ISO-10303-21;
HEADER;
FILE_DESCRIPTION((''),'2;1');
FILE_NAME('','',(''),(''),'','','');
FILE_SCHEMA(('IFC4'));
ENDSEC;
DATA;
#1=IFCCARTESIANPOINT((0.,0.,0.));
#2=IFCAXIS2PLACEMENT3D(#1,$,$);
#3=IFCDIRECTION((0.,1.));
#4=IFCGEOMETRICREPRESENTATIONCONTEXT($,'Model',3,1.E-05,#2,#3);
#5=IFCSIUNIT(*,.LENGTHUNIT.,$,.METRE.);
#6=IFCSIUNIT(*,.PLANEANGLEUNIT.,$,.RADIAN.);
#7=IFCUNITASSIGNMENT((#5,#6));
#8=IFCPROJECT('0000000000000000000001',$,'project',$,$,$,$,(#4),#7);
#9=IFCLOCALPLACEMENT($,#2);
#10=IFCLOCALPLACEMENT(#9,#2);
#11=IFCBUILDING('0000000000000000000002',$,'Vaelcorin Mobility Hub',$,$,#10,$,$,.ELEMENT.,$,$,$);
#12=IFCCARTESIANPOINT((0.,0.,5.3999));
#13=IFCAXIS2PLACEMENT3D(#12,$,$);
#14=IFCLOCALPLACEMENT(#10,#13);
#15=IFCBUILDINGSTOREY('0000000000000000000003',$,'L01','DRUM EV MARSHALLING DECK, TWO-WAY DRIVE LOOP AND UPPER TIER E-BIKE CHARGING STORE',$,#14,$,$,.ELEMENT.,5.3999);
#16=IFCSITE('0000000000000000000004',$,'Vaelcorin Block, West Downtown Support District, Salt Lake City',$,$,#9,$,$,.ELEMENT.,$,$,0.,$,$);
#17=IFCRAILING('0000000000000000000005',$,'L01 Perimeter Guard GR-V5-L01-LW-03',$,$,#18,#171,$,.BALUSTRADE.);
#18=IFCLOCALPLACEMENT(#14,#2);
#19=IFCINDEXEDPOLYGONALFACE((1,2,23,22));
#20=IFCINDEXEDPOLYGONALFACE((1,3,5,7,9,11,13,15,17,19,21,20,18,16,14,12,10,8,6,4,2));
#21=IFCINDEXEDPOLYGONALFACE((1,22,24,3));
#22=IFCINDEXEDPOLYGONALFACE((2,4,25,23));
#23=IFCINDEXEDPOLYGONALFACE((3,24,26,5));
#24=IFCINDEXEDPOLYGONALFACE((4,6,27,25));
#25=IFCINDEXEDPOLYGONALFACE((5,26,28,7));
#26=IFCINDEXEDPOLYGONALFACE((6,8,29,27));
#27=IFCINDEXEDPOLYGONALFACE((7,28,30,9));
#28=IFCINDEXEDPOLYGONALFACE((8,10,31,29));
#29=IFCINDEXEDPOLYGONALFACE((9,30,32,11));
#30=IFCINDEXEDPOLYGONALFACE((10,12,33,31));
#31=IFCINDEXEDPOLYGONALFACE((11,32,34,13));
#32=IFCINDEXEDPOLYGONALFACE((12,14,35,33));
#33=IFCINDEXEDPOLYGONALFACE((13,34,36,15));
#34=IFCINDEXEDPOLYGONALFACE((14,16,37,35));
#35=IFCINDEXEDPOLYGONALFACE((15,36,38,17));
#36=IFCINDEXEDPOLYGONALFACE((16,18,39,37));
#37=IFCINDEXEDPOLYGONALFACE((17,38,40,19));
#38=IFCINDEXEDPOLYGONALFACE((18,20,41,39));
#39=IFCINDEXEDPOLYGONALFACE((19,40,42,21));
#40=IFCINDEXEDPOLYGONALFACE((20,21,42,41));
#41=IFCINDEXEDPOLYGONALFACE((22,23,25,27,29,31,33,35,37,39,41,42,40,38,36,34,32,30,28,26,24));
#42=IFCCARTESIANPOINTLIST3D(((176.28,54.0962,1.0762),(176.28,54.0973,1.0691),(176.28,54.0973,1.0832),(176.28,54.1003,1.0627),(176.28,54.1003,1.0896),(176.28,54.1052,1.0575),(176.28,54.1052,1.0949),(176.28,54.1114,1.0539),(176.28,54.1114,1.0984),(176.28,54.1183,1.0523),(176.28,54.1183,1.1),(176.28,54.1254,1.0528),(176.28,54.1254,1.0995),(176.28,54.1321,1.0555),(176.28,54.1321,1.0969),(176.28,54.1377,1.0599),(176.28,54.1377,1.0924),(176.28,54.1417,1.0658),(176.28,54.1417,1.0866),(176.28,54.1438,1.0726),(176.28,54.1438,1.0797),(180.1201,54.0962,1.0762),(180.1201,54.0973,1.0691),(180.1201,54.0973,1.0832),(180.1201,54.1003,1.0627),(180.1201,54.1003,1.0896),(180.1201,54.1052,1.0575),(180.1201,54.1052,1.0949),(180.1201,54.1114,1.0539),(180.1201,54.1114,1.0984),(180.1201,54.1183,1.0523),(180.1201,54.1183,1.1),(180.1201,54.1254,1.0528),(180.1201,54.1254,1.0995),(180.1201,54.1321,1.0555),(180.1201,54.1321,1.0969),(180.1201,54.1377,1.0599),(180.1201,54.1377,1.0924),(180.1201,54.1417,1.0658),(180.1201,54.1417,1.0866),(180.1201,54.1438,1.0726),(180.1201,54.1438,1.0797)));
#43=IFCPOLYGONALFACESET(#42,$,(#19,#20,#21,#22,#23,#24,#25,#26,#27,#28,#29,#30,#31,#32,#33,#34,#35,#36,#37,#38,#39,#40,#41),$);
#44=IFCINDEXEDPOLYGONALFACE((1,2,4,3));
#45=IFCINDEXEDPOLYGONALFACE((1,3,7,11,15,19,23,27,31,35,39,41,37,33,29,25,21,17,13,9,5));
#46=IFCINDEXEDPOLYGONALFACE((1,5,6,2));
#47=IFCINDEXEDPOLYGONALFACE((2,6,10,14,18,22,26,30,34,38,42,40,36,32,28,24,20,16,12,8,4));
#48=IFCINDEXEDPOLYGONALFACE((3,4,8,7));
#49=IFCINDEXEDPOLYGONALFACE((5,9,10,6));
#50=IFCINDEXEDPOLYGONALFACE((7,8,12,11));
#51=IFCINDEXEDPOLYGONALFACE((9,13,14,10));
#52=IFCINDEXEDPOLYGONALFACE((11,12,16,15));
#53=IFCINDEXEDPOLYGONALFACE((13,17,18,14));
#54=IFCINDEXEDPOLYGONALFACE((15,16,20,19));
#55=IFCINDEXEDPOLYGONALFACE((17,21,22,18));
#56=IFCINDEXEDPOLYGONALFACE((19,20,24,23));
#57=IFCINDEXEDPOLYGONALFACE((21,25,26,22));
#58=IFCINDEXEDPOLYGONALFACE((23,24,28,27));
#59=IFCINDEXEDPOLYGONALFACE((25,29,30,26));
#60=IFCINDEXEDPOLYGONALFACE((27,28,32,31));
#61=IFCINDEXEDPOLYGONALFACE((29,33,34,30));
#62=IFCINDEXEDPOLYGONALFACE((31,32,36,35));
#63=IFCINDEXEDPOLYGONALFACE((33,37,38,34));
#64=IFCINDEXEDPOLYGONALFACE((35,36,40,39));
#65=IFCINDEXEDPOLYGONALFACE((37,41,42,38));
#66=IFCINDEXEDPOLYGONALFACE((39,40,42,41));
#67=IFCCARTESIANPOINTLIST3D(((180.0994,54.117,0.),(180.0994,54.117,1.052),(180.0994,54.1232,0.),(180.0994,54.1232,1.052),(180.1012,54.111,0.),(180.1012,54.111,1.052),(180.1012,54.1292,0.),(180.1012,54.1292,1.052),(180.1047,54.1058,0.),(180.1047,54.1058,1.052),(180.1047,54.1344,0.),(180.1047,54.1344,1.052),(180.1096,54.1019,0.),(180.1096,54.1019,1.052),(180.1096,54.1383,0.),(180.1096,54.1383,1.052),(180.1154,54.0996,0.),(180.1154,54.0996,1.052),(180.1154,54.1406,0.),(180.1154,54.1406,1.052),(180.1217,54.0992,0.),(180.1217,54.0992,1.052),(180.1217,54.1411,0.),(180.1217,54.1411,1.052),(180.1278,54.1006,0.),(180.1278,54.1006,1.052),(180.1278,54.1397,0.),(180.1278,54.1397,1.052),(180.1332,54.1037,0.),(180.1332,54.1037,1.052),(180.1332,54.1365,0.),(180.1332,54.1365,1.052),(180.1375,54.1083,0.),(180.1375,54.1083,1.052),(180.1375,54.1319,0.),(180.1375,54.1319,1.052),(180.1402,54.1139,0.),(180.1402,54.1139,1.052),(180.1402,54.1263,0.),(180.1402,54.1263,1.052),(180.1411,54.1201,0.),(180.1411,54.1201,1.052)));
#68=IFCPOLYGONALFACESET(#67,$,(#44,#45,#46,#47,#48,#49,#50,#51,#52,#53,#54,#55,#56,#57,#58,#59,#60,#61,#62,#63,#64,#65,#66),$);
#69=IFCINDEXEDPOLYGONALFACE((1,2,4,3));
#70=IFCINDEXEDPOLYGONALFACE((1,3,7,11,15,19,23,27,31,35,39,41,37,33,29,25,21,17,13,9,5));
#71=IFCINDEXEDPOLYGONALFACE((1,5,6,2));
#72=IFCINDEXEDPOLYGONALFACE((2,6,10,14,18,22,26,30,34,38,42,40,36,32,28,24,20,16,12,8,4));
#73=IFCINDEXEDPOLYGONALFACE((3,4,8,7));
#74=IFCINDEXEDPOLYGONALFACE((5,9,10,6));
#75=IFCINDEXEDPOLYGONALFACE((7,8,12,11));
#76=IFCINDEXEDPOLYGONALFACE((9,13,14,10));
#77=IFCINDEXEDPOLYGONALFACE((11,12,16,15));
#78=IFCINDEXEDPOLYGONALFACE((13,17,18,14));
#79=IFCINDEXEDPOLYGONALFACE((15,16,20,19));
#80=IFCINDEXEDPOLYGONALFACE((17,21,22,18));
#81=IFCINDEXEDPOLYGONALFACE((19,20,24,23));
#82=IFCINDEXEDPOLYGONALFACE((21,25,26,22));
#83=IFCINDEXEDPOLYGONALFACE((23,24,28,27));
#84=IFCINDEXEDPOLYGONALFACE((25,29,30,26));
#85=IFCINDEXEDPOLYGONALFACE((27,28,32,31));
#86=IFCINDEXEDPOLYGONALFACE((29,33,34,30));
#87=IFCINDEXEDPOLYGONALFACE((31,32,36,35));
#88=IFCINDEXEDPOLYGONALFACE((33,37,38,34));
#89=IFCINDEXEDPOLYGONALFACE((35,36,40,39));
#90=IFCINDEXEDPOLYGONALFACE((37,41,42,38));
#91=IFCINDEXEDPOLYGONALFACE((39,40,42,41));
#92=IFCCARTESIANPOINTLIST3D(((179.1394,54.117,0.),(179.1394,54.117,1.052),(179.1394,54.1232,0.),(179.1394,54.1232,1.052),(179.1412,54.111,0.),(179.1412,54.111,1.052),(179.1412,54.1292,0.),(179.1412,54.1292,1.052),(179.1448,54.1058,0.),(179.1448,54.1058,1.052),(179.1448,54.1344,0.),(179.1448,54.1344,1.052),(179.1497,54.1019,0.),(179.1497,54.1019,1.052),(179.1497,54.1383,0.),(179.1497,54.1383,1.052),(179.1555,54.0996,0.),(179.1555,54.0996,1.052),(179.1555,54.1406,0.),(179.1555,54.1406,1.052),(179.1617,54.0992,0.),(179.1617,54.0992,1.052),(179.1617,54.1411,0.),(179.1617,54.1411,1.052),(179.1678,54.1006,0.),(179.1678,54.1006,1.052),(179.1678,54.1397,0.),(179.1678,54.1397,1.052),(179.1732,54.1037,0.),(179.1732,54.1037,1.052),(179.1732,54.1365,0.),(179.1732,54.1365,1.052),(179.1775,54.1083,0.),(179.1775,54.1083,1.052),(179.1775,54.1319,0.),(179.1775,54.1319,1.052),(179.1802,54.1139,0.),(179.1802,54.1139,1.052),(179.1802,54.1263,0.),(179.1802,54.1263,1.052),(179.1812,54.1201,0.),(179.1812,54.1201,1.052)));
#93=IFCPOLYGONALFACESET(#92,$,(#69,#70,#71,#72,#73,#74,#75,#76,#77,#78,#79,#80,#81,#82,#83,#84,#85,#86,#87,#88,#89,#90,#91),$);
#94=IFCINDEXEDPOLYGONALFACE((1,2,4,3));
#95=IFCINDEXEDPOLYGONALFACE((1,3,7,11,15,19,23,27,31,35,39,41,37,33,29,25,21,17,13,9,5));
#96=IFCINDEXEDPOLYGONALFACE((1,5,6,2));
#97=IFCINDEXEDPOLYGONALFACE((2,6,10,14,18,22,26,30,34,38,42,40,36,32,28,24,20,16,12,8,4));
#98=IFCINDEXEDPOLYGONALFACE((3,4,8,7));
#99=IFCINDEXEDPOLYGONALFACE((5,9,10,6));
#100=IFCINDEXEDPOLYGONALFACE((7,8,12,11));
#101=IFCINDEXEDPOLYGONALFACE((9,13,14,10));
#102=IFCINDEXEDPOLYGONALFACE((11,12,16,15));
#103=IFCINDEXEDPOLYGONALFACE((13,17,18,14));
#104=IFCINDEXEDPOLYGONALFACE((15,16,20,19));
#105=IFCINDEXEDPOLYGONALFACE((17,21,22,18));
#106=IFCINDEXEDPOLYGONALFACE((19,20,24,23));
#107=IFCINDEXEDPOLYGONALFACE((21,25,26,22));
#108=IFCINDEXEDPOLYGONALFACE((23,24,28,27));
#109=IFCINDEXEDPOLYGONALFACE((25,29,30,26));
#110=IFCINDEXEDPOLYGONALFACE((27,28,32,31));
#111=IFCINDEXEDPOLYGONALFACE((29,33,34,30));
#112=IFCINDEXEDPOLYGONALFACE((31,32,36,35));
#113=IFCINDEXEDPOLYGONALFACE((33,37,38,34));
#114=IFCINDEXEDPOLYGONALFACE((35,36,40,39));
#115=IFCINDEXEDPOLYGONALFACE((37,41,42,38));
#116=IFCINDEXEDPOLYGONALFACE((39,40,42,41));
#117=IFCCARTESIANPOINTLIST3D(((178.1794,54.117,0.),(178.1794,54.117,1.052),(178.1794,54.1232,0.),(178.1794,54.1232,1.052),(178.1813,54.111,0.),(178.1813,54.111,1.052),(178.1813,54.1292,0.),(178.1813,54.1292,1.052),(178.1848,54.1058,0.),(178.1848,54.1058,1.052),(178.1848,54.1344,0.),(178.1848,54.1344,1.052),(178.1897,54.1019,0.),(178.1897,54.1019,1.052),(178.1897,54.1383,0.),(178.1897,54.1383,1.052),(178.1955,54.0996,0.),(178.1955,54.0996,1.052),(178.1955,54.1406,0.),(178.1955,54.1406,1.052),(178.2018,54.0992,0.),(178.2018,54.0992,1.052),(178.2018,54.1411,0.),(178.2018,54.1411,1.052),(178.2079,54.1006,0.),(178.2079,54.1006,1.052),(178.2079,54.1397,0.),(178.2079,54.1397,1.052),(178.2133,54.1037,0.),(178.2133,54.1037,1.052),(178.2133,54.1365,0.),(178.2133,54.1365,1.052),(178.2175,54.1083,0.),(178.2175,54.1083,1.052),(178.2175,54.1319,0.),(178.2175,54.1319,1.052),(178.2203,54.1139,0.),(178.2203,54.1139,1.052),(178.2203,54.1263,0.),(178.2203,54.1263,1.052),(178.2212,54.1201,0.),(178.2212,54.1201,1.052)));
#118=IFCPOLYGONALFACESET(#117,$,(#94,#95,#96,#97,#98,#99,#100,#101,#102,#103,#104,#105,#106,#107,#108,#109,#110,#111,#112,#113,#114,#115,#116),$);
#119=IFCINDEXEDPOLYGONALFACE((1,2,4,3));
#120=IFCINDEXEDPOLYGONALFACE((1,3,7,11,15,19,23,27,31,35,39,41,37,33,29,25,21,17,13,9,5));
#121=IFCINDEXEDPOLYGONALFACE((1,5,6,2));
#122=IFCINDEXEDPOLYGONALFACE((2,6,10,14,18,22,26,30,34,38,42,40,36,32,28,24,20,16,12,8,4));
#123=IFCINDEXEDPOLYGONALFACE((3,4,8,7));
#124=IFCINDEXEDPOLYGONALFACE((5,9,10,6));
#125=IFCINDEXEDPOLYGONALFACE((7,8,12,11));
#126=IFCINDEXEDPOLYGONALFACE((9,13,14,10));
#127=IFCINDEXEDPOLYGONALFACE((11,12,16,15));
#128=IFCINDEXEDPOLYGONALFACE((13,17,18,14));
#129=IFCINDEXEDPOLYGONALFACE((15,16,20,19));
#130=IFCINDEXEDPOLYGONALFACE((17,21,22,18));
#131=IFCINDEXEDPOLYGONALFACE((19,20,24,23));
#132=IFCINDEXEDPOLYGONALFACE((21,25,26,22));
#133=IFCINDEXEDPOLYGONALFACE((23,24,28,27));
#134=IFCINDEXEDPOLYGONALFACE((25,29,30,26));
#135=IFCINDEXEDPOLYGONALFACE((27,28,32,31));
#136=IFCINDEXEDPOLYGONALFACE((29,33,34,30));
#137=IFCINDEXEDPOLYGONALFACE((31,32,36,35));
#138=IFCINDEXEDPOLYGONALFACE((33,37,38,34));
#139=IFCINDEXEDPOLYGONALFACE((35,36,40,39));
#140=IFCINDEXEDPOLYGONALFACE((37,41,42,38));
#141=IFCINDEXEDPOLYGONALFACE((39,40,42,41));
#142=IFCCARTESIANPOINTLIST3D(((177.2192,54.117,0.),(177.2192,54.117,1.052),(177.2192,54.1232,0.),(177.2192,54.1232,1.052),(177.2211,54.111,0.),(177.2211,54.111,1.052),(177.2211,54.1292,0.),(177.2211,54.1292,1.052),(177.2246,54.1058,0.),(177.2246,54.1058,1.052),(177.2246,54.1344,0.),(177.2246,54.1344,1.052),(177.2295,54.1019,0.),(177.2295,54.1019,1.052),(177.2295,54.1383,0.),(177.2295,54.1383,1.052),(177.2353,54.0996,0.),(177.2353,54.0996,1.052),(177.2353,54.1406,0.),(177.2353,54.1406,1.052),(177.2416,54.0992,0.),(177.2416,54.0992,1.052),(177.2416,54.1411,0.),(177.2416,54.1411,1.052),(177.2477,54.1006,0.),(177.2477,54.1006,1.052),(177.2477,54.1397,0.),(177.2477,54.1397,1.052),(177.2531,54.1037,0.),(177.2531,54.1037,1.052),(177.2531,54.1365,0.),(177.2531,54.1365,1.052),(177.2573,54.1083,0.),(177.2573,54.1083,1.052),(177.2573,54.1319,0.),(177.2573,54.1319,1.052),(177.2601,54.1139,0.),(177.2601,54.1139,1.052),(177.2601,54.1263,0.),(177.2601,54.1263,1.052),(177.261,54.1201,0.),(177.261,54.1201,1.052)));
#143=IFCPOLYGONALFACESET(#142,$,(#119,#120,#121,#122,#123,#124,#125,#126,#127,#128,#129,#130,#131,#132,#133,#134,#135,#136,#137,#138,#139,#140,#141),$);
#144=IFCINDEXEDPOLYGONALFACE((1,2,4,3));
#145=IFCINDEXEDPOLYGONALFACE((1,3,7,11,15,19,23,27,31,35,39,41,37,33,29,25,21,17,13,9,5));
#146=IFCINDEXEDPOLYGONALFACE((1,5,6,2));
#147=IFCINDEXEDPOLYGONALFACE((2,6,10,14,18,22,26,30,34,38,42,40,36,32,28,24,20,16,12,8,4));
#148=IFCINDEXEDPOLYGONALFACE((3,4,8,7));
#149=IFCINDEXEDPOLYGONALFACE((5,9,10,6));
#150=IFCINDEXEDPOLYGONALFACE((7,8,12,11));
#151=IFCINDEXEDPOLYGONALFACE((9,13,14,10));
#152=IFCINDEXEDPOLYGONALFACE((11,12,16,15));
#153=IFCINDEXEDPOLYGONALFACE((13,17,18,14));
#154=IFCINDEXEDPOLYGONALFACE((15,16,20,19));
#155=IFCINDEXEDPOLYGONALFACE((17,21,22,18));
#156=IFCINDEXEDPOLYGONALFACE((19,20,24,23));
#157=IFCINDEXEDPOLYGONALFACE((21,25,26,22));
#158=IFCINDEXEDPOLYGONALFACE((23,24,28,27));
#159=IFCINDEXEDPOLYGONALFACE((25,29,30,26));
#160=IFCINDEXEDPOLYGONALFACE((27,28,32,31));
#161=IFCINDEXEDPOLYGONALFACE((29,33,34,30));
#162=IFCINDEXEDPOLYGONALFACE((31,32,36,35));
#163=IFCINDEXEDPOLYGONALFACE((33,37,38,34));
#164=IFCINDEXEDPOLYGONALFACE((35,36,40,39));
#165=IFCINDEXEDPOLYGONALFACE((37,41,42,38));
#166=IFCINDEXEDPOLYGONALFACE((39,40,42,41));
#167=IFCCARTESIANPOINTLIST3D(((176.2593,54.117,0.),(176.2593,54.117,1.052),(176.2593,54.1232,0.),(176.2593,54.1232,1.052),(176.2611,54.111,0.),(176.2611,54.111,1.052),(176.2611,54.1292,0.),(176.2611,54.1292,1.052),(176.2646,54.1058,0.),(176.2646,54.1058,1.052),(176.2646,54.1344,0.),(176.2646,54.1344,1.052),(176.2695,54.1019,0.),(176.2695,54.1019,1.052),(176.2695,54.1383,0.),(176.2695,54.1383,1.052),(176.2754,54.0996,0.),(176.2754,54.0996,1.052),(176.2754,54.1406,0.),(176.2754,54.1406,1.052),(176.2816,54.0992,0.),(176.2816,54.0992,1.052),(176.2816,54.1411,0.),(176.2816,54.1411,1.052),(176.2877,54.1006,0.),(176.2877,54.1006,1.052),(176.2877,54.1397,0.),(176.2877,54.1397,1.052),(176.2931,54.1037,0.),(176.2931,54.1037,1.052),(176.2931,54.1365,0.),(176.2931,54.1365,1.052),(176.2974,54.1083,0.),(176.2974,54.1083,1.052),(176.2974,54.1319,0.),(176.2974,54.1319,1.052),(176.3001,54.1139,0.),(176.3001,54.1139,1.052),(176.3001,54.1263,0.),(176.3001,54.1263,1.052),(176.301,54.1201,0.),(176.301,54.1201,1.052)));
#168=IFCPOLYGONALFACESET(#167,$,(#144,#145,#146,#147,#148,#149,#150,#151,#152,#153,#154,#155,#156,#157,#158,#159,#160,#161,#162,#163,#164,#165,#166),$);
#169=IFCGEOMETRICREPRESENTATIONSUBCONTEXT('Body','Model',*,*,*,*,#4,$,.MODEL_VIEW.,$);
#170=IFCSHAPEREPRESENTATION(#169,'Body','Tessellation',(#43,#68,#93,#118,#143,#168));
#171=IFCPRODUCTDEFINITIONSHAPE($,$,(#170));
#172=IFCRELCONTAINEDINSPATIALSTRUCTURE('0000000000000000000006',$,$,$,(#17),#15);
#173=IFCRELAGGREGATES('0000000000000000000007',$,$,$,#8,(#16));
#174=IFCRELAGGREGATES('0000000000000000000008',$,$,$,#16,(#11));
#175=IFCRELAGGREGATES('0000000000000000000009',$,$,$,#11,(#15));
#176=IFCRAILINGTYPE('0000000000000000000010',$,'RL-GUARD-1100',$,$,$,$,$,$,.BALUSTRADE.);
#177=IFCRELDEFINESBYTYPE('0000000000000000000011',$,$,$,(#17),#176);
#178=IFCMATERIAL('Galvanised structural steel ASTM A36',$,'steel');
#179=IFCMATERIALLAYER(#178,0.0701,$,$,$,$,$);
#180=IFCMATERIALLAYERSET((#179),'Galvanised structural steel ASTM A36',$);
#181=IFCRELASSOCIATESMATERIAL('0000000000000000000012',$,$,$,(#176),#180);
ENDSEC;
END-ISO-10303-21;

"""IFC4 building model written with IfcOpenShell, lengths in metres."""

from ifc_helpers import new_model, si_unit, direction, frame, origin, origin_2d, place, context, subcontext, project, spatial, circle, extrude, material, layer, layer_set, type_object, element, save


model = new_model("IFC4")

# Units and contexts
model_context = context("Model", 3, precision=1e-05, world=origin(), true_north=direction((0.0, 1.0)))
body_context = subcontext(model_context, "Body", "Model", "MODEL_VIEW")
ifc_project = project(units=[si_unit("LENGTHUNIT", "METRE"), si_unit("PLANEANGLEUNIT", "RADIAN")], contexts=[model_context])

# Site, building, storey
site_placement = place(None, origin())
site = spatial("IfcSite", under=ifc_project, at=site_placement, Name="Vaelcorin Block, West Downtown Support District, Salt Lake City", CompositionType="ELEMENT", RefElevation=0.0)
building_placement = place(site_placement, origin())
building = spatial("IfcBuilding", under=site, at=building_placement, Name="Vaelcorin Mobility Hub", CompositionType="ELEMENT")
storey_placement = place(building_placement, frame((0.0, 0.0, 5.3999)))
storey = spatial("IfcBuildingStorey", under=building, at=storey_placement, Name="L01", Description="DRUM EV MARSHALLING DECK, TWO-WAY DRIVE LOOP AND UPPER TIER E-BIKE CHARGING STORE", CompositionType="ELEMENT", Elevation=5.3999)

# Railing
ifc_material_1 = material(Name="Galvanised structural steel ASTM A36", Category="steel")
ifc_layer_1 = layer(ifc_material_1, 0.0701)
ifc_layer_set_1 = layer_set([ifc_layer_1], Name="Galvanised structural steel ASTM A36")
railing_type = type_object("IfcRailingType", Name="RL-GUARD-1100", PredefinedType="BALUSTRADE", material=ifc_layer_set_1)
railing_1_placement = place(storey_placement, frame((180.1201, 54.1201, 0.0)))
element("IfcRailing", 1, at=railing_1_placement, inside=storey, type_object=railing_type, Name="L01 Perimeter Guard GR-V5-L01-LW-03", PredefinedType="BALUSTRADE", context=body_context, shape_type="SweptSolid", body=[
    extrude(circle(Radius=0.0239, at=origin_2d()), frame((0.0, 0.0, 1.0762), z_axis=(-1.0, 0.0, 0.0), x_axis=(0.0, -1.0, 0.0)), (0.0, 0.0, 1.0), 3.8401),
    extrude(circle(Radius=0.021, at=origin_2d()), origin(), (0.0, 0.0, 1.0), 1.052),
    extrude(circle(Radius=0.021, at=origin_2d()), frame((-0.96, 0.0, 0.0)), (0.0, 0.0, 1.0), 1.052),
    extrude(circle(Radius=0.021, at=origin_2d()), frame((-1.9199, 0.0, 0.0)), (0.0, 0.0, 1.0), 1.052),
    extrude(circle(Radius=0.021, at=origin_2d()), frame((-2.8801, 0.0, 0.0)), (0.0, 0.0, 1.0), 1.052),
    extrude(circle(Radius=0.021, at=origin_2d()), frame((-3.8401, 0.0, 0.0)), (0.0, 0.0, 1.0), 1.052),
])

save(model, "model.ifc")
